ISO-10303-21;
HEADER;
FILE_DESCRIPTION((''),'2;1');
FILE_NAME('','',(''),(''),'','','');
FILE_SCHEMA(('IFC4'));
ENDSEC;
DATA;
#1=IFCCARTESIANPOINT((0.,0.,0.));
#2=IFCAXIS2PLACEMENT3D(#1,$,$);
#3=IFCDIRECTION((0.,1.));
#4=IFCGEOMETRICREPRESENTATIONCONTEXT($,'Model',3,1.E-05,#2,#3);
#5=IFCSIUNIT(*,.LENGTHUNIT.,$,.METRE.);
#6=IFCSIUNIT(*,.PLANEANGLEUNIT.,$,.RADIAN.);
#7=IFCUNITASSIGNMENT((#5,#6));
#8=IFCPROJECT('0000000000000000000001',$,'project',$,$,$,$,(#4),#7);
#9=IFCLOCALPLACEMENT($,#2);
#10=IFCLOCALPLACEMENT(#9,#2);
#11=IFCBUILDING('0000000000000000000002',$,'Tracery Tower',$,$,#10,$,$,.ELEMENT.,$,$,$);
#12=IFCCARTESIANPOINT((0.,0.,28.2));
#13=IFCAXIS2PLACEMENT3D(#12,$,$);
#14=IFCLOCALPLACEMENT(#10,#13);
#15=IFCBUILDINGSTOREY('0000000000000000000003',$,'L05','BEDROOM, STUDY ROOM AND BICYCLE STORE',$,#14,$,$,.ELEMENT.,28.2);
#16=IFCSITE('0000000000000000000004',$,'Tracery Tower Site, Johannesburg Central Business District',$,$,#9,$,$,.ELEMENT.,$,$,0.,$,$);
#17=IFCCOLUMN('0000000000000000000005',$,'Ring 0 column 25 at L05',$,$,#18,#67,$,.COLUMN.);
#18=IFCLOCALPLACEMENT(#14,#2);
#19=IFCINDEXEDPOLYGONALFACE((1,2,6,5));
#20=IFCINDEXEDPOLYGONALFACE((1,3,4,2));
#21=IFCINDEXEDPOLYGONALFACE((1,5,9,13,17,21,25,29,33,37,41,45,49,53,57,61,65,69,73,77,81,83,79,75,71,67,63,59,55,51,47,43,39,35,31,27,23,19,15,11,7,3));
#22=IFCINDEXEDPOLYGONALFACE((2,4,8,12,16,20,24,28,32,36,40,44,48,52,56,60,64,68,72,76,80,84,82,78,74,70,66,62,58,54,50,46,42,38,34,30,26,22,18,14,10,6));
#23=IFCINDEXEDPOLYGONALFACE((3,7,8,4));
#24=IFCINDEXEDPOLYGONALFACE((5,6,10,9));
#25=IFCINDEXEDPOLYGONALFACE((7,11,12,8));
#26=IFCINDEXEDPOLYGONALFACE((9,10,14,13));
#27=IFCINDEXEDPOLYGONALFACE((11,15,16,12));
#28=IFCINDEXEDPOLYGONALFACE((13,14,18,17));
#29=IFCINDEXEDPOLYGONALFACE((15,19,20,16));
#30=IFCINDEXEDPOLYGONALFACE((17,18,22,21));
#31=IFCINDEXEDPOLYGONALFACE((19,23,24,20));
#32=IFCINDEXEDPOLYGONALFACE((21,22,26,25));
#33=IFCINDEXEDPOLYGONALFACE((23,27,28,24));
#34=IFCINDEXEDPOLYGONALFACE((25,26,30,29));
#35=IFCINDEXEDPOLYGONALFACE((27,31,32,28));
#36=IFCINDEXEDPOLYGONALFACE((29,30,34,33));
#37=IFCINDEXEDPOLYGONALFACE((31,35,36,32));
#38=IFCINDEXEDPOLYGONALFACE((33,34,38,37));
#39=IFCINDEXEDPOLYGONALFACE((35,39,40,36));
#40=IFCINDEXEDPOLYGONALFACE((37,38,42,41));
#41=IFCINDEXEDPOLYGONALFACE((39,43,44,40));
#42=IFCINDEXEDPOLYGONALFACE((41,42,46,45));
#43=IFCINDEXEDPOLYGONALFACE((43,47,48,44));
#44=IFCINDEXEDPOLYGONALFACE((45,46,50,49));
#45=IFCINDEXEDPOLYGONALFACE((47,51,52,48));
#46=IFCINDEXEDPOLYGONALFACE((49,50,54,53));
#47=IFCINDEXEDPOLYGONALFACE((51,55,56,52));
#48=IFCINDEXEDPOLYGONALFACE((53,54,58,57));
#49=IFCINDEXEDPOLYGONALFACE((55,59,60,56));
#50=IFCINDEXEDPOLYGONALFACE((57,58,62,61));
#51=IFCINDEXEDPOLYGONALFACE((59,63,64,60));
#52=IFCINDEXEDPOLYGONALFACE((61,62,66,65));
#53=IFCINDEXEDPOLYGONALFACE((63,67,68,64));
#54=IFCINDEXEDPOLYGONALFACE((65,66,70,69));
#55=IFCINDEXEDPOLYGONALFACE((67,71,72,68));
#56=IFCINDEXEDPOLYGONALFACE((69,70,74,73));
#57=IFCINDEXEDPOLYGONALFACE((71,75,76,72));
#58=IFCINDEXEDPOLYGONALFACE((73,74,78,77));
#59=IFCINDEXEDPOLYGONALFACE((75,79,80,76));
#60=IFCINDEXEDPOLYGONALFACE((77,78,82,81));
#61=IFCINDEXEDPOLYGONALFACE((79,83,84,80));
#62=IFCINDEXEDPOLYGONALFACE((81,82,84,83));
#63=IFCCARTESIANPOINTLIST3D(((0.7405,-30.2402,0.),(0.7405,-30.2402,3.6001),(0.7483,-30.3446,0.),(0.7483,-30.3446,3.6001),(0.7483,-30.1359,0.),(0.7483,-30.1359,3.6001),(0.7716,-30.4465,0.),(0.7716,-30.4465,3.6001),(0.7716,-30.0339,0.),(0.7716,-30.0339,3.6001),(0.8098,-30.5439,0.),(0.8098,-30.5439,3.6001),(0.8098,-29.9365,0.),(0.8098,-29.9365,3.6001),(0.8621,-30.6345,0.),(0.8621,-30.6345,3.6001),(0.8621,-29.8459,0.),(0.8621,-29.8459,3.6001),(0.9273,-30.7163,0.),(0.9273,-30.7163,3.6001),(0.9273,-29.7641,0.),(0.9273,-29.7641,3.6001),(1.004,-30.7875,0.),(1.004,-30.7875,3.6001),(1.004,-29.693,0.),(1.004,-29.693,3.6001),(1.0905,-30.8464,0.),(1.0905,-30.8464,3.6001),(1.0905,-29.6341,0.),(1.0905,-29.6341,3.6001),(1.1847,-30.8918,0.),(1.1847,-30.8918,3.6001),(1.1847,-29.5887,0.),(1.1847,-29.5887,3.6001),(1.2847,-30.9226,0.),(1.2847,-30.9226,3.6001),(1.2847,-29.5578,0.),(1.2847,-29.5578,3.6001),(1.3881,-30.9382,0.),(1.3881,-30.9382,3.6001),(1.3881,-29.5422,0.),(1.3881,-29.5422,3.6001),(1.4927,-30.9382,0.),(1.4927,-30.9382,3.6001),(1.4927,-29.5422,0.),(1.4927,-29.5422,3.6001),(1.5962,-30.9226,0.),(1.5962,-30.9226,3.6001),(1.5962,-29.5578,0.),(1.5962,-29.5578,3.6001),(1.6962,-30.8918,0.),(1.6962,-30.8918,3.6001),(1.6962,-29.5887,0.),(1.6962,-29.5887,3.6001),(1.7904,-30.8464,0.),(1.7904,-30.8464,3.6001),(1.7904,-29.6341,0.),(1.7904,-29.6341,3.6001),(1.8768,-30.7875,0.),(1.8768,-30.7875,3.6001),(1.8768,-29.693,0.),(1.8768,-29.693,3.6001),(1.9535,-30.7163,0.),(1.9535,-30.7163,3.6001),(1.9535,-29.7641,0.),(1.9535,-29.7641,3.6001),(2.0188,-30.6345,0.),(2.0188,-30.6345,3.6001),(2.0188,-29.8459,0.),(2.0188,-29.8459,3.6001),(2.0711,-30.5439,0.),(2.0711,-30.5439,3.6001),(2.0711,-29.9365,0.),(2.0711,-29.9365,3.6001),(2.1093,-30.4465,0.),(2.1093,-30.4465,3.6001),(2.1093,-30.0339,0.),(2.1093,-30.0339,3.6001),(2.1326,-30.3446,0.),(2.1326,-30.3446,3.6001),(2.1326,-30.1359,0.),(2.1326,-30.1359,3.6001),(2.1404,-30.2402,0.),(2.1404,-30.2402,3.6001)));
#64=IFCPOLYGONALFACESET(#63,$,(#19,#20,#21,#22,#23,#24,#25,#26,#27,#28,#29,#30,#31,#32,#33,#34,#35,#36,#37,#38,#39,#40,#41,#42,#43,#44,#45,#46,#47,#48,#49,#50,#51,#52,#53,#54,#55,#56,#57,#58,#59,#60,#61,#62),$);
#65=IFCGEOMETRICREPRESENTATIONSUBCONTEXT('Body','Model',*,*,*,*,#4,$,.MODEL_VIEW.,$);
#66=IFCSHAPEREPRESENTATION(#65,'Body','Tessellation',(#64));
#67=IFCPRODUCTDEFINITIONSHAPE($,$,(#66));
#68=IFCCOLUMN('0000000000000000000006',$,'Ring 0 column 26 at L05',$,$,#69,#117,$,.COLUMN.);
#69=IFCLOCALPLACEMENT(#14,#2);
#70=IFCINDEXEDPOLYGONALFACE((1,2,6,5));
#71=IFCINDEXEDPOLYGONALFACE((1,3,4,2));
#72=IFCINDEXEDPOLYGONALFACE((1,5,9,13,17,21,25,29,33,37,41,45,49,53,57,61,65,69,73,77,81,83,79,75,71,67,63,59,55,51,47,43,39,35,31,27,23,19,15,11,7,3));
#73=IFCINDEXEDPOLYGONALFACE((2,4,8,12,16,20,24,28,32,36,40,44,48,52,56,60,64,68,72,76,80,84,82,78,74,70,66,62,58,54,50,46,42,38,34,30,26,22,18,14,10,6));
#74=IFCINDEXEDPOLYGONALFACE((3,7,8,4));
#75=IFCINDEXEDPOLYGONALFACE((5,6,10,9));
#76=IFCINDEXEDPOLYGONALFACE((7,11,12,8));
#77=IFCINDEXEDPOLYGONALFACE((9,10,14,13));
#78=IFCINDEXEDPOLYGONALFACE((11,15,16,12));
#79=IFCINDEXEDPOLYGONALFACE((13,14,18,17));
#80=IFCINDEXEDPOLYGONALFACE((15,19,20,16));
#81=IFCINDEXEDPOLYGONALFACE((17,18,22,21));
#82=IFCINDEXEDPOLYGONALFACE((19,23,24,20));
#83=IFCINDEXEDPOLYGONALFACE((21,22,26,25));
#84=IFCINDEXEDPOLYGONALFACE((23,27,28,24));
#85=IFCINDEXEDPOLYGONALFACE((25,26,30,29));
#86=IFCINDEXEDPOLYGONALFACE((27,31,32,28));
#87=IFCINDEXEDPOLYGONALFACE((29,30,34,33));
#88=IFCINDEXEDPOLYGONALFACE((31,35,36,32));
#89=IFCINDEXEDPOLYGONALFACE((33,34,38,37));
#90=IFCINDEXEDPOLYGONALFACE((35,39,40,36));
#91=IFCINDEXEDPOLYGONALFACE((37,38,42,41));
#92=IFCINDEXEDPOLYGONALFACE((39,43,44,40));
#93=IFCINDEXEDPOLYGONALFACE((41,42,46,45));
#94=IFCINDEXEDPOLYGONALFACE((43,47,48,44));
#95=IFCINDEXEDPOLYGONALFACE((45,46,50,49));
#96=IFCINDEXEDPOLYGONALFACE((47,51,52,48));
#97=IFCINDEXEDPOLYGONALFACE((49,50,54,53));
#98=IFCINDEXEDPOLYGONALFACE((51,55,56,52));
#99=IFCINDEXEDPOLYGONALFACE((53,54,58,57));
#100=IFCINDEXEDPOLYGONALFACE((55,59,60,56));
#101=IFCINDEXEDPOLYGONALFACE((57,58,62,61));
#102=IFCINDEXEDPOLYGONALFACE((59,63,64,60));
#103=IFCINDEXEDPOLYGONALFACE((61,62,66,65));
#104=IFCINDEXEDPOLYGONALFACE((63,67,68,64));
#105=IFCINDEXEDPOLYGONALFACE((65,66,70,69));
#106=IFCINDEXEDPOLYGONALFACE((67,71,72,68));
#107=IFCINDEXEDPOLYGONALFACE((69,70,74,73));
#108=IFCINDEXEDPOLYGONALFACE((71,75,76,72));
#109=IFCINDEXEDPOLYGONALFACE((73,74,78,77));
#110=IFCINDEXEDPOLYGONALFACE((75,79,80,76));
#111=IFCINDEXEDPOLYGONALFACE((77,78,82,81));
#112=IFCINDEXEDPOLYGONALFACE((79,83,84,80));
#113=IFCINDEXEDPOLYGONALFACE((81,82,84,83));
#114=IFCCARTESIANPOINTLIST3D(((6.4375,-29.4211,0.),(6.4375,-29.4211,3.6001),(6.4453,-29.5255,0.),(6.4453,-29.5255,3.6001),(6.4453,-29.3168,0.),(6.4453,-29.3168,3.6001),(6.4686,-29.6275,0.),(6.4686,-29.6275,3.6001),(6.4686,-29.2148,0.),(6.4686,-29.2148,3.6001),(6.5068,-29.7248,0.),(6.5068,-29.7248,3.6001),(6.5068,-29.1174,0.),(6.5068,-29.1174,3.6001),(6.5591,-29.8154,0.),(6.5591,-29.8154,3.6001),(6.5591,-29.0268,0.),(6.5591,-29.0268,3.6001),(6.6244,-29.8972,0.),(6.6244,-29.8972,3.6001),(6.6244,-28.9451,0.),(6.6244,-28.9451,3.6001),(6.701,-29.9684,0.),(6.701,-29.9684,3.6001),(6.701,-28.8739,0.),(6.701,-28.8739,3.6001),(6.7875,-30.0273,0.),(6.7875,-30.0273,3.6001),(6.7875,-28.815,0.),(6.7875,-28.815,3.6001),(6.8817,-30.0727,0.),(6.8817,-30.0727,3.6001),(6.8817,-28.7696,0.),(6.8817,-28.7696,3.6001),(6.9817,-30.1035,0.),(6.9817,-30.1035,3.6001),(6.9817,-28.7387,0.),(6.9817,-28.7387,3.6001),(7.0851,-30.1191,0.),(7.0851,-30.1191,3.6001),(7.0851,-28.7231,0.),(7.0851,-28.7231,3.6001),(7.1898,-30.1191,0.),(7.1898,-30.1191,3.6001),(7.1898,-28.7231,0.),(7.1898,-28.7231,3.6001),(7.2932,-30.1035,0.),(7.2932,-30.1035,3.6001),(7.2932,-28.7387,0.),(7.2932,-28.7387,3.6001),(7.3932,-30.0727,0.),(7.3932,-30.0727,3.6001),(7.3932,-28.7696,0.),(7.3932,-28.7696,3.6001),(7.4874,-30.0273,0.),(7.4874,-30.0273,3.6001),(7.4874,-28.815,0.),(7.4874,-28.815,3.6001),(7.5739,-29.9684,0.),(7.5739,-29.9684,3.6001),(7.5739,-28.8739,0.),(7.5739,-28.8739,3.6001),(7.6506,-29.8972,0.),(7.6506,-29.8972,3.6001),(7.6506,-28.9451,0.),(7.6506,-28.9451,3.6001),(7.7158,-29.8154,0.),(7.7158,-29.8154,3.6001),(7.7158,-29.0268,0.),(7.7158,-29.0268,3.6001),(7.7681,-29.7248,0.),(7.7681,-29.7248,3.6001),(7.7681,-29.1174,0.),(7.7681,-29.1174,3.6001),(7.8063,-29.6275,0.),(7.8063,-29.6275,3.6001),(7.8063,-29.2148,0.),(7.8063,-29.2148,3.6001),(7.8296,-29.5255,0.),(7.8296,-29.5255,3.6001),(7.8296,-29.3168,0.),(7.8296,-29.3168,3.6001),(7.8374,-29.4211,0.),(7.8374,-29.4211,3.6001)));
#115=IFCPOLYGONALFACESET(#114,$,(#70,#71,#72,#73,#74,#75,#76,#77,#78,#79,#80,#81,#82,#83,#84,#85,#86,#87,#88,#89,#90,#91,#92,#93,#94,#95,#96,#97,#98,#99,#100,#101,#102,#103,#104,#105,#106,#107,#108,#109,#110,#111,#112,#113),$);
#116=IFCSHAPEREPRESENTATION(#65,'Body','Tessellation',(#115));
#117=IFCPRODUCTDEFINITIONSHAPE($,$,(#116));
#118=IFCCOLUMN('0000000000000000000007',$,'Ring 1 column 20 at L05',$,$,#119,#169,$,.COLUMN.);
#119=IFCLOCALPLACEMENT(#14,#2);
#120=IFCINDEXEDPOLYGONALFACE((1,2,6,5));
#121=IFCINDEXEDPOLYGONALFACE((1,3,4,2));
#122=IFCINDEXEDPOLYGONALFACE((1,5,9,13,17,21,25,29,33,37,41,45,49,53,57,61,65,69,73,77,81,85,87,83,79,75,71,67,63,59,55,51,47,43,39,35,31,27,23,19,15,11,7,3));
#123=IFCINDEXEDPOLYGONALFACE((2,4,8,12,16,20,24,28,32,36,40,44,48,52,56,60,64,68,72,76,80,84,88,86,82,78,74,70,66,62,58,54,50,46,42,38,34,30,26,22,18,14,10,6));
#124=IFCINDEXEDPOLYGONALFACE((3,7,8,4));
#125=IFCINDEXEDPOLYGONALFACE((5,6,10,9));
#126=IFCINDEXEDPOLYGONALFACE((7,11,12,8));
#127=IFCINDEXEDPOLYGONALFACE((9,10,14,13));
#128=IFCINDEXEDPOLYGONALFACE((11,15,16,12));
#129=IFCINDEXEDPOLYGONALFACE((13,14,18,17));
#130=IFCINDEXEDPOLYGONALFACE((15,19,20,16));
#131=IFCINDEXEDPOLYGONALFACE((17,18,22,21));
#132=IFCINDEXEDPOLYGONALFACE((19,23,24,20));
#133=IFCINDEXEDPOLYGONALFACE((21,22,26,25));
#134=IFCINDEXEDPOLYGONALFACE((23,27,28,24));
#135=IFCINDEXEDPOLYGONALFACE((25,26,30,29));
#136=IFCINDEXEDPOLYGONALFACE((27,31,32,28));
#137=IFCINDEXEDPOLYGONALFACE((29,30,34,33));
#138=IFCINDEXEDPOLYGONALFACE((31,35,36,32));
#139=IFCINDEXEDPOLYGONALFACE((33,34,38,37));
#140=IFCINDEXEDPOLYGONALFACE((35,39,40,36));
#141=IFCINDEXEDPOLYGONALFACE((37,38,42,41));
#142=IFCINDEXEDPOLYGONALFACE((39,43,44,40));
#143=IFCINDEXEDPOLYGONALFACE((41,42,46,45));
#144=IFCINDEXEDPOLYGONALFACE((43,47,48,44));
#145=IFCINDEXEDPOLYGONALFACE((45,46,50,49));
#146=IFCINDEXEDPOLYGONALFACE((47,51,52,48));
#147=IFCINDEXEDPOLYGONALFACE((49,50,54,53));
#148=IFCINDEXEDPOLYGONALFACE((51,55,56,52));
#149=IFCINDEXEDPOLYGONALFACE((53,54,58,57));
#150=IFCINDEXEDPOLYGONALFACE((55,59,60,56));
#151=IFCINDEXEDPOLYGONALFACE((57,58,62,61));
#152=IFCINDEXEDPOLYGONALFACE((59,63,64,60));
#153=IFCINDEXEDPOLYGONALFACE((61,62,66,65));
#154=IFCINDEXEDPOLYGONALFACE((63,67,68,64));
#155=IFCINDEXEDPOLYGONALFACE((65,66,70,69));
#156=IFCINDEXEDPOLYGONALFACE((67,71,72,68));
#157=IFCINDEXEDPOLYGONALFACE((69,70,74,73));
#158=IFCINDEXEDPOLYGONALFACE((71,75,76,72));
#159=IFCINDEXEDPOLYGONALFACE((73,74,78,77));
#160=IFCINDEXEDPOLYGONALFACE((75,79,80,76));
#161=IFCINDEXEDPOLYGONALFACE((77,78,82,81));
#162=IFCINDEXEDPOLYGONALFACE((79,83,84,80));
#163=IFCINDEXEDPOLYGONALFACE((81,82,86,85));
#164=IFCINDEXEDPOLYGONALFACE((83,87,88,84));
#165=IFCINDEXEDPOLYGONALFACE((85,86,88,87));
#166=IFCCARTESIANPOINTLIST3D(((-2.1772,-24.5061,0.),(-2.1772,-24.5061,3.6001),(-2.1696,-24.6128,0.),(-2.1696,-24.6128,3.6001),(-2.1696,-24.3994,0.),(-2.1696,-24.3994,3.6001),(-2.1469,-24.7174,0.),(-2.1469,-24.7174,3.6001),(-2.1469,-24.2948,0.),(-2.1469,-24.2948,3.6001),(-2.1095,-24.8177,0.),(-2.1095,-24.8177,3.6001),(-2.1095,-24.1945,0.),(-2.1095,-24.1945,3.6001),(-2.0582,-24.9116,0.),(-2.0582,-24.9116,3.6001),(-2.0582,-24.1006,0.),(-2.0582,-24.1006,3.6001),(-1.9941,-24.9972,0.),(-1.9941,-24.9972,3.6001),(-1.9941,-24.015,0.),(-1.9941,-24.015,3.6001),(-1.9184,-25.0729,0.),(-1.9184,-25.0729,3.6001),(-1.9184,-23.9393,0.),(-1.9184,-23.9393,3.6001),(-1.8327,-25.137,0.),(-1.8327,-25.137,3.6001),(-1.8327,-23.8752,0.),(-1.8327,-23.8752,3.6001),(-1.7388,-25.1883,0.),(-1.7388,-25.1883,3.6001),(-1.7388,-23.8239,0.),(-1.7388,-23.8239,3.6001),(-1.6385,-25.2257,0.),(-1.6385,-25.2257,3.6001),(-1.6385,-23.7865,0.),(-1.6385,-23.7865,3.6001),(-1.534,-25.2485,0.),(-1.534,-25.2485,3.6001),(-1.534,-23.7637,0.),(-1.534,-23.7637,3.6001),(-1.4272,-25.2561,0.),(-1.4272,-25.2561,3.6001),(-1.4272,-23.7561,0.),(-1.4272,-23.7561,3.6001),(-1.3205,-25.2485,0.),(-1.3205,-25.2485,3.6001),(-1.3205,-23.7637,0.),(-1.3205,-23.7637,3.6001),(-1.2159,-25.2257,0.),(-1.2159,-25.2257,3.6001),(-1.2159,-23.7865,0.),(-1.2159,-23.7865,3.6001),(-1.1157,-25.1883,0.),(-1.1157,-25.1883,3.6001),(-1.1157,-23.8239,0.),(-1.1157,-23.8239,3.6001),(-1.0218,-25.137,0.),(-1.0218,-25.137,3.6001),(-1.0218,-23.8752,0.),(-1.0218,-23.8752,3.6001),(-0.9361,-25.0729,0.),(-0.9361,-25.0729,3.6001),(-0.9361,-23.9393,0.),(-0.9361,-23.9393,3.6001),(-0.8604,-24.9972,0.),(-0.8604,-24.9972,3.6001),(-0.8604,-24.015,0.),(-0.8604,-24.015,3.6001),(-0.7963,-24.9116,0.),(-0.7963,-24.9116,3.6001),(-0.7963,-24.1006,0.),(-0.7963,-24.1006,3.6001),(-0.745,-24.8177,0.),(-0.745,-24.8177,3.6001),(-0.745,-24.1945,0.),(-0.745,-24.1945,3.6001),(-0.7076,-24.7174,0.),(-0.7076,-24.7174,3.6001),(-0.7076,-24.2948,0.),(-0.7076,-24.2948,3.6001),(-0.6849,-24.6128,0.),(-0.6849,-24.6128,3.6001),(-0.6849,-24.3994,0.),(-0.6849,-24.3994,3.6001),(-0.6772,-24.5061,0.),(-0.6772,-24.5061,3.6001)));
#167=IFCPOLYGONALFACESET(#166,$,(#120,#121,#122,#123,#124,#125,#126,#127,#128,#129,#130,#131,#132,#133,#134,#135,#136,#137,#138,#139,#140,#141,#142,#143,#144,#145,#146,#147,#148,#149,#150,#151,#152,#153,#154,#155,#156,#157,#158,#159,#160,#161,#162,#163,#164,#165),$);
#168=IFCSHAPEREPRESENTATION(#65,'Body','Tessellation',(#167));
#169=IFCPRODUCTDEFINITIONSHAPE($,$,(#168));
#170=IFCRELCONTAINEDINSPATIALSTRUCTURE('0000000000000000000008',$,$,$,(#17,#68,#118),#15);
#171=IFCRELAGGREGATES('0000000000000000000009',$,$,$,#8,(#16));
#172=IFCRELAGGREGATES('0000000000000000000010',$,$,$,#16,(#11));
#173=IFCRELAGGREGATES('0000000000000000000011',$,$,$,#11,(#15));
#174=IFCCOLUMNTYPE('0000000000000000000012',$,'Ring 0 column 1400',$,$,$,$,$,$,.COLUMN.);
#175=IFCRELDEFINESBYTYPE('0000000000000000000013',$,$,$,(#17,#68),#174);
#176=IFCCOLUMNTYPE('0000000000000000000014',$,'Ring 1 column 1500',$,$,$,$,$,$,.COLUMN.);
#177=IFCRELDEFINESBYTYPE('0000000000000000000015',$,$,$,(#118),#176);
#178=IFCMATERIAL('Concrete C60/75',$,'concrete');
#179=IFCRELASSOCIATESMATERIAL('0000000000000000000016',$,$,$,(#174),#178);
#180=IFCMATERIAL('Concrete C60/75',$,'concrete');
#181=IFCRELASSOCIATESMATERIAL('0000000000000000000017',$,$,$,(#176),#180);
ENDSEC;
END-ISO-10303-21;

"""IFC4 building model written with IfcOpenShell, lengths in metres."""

from ifc_helpers import new_model, si_unit, direction, frame, origin, origin_2d, place, context, subcontext, project, spatial, circle, extrude, material, material_profile, profile_set, type_object, element, save


model = new_model("IFC4")

# Units and contexts
model_context = context("Model", 3, precision=1e-05, world=origin(), true_north=direction((0.0, 1.0)))
body_context = subcontext(model_context, "Body", "Model", "MODEL_VIEW")
ifc_project = project(units=[si_unit("LENGTHUNIT", "METRE"), si_unit("PLANEANGLEUNIT", "RADIAN")], contexts=[model_context])

# Site, building, storey
site_placement = place(None, origin())
site = spatial("IfcSite", under=ifc_project, at=site_placement, Name="Tracery Tower Site, Johannesburg Central Business District", CompositionType="ELEMENT", RefElevation=0.0)
building_placement = place(site_placement, origin())
building = spatial("IfcBuilding", under=site, at=building_placement, Name="Tracery Tower", CompositionType="ELEMENT")
storey_placement = place(building_placement, frame((0.0, 0.0, 28.2)))
storey = spatial("IfcBuildingStorey", under=building, at=storey_placement, Name="L05", Description="BEDROOM, STUDY ROOM AND BICYCLE STORE", CompositionType="ELEMENT", Elevation=28.2)

# Columns
ifc_material_1 = material(Name="Concrete C60/75", Category="concrete")
ifc_material_profile_1 = material_profile(ifc_material_1, circle(Radius=0.7, at=origin_2d()), Name="RC D1400")
ifc_profile_set_1 = profile_set([ifc_material_profile_1], Name="Concrete C60/75")
column_type_1 = type_object("IfcColumnType", Name="Ring 0 column 1400", PredefinedType="COLUMN", material=ifc_profile_set_1)
for number, where, z_axis, x_axis, name in (
    (1, (1.4404, -30.2402, 0.0), (0.0, 0.0, 1.0), (1.0, 0.0, 0.0), "Ring 0 column 25 at L05"),
    (2, (7.1375, -29.4211, 0.0), (0.0, 0.0, 1.0), (1.0, 0.0, 0.0), "Ring 0 column 26 at L05"),
):
    element("IfcColumn", number, at=place(storey_placement, frame(where, z_axis=z_axis, x_axis=x_axis)), inside=storey, type_object=column_type_1, Name=name, PredefinedType="COLUMN", context=body_context, shape_type="SweptSolid", body=[
        extrude(circle(Radius=0.7, at=origin_2d()), origin(), (0.0, 0.0, 1.0), 3.6001),
    ])
ifc_material_2 = material(Name="Concrete C60/75", Category="concrete")
ifc_material_profile_2 = material_profile(ifc_material_2, circle(Radius=0.75, at=origin_2d()), Name="RC D1500")
ifc_profile_set_2 = profile_set([ifc_material_profile_2], Name="Concrete C60/75")
column_type_2 = type_object("IfcColumnType", Name="Ring 1 column 1500", PredefinedType="COLUMN", material=ifc_profile_set_2)
for number, where, z_axis, x_axis, name in (
    (3, (-1.4272, -24.5061, 0.0), (0.0, 0.0, 1.0), (1.0, 0.0, 0.0), "Ring 1 column 20 at L05"),
):
    element("IfcColumn", number, at=place(storey_placement, frame(where, z_axis=z_axis, x_axis=x_axis)), inside=storey, type_object=column_type_2, Name=name, PredefinedType="COLUMN", context=body_context, shape_type="SweptSolid", body=[
        extrude(circle(Radius=0.75, at=origin_2d()), origin(), (0.0, 0.0, 1.0), 3.6001),
    ])

save(model, "model.ifc")
